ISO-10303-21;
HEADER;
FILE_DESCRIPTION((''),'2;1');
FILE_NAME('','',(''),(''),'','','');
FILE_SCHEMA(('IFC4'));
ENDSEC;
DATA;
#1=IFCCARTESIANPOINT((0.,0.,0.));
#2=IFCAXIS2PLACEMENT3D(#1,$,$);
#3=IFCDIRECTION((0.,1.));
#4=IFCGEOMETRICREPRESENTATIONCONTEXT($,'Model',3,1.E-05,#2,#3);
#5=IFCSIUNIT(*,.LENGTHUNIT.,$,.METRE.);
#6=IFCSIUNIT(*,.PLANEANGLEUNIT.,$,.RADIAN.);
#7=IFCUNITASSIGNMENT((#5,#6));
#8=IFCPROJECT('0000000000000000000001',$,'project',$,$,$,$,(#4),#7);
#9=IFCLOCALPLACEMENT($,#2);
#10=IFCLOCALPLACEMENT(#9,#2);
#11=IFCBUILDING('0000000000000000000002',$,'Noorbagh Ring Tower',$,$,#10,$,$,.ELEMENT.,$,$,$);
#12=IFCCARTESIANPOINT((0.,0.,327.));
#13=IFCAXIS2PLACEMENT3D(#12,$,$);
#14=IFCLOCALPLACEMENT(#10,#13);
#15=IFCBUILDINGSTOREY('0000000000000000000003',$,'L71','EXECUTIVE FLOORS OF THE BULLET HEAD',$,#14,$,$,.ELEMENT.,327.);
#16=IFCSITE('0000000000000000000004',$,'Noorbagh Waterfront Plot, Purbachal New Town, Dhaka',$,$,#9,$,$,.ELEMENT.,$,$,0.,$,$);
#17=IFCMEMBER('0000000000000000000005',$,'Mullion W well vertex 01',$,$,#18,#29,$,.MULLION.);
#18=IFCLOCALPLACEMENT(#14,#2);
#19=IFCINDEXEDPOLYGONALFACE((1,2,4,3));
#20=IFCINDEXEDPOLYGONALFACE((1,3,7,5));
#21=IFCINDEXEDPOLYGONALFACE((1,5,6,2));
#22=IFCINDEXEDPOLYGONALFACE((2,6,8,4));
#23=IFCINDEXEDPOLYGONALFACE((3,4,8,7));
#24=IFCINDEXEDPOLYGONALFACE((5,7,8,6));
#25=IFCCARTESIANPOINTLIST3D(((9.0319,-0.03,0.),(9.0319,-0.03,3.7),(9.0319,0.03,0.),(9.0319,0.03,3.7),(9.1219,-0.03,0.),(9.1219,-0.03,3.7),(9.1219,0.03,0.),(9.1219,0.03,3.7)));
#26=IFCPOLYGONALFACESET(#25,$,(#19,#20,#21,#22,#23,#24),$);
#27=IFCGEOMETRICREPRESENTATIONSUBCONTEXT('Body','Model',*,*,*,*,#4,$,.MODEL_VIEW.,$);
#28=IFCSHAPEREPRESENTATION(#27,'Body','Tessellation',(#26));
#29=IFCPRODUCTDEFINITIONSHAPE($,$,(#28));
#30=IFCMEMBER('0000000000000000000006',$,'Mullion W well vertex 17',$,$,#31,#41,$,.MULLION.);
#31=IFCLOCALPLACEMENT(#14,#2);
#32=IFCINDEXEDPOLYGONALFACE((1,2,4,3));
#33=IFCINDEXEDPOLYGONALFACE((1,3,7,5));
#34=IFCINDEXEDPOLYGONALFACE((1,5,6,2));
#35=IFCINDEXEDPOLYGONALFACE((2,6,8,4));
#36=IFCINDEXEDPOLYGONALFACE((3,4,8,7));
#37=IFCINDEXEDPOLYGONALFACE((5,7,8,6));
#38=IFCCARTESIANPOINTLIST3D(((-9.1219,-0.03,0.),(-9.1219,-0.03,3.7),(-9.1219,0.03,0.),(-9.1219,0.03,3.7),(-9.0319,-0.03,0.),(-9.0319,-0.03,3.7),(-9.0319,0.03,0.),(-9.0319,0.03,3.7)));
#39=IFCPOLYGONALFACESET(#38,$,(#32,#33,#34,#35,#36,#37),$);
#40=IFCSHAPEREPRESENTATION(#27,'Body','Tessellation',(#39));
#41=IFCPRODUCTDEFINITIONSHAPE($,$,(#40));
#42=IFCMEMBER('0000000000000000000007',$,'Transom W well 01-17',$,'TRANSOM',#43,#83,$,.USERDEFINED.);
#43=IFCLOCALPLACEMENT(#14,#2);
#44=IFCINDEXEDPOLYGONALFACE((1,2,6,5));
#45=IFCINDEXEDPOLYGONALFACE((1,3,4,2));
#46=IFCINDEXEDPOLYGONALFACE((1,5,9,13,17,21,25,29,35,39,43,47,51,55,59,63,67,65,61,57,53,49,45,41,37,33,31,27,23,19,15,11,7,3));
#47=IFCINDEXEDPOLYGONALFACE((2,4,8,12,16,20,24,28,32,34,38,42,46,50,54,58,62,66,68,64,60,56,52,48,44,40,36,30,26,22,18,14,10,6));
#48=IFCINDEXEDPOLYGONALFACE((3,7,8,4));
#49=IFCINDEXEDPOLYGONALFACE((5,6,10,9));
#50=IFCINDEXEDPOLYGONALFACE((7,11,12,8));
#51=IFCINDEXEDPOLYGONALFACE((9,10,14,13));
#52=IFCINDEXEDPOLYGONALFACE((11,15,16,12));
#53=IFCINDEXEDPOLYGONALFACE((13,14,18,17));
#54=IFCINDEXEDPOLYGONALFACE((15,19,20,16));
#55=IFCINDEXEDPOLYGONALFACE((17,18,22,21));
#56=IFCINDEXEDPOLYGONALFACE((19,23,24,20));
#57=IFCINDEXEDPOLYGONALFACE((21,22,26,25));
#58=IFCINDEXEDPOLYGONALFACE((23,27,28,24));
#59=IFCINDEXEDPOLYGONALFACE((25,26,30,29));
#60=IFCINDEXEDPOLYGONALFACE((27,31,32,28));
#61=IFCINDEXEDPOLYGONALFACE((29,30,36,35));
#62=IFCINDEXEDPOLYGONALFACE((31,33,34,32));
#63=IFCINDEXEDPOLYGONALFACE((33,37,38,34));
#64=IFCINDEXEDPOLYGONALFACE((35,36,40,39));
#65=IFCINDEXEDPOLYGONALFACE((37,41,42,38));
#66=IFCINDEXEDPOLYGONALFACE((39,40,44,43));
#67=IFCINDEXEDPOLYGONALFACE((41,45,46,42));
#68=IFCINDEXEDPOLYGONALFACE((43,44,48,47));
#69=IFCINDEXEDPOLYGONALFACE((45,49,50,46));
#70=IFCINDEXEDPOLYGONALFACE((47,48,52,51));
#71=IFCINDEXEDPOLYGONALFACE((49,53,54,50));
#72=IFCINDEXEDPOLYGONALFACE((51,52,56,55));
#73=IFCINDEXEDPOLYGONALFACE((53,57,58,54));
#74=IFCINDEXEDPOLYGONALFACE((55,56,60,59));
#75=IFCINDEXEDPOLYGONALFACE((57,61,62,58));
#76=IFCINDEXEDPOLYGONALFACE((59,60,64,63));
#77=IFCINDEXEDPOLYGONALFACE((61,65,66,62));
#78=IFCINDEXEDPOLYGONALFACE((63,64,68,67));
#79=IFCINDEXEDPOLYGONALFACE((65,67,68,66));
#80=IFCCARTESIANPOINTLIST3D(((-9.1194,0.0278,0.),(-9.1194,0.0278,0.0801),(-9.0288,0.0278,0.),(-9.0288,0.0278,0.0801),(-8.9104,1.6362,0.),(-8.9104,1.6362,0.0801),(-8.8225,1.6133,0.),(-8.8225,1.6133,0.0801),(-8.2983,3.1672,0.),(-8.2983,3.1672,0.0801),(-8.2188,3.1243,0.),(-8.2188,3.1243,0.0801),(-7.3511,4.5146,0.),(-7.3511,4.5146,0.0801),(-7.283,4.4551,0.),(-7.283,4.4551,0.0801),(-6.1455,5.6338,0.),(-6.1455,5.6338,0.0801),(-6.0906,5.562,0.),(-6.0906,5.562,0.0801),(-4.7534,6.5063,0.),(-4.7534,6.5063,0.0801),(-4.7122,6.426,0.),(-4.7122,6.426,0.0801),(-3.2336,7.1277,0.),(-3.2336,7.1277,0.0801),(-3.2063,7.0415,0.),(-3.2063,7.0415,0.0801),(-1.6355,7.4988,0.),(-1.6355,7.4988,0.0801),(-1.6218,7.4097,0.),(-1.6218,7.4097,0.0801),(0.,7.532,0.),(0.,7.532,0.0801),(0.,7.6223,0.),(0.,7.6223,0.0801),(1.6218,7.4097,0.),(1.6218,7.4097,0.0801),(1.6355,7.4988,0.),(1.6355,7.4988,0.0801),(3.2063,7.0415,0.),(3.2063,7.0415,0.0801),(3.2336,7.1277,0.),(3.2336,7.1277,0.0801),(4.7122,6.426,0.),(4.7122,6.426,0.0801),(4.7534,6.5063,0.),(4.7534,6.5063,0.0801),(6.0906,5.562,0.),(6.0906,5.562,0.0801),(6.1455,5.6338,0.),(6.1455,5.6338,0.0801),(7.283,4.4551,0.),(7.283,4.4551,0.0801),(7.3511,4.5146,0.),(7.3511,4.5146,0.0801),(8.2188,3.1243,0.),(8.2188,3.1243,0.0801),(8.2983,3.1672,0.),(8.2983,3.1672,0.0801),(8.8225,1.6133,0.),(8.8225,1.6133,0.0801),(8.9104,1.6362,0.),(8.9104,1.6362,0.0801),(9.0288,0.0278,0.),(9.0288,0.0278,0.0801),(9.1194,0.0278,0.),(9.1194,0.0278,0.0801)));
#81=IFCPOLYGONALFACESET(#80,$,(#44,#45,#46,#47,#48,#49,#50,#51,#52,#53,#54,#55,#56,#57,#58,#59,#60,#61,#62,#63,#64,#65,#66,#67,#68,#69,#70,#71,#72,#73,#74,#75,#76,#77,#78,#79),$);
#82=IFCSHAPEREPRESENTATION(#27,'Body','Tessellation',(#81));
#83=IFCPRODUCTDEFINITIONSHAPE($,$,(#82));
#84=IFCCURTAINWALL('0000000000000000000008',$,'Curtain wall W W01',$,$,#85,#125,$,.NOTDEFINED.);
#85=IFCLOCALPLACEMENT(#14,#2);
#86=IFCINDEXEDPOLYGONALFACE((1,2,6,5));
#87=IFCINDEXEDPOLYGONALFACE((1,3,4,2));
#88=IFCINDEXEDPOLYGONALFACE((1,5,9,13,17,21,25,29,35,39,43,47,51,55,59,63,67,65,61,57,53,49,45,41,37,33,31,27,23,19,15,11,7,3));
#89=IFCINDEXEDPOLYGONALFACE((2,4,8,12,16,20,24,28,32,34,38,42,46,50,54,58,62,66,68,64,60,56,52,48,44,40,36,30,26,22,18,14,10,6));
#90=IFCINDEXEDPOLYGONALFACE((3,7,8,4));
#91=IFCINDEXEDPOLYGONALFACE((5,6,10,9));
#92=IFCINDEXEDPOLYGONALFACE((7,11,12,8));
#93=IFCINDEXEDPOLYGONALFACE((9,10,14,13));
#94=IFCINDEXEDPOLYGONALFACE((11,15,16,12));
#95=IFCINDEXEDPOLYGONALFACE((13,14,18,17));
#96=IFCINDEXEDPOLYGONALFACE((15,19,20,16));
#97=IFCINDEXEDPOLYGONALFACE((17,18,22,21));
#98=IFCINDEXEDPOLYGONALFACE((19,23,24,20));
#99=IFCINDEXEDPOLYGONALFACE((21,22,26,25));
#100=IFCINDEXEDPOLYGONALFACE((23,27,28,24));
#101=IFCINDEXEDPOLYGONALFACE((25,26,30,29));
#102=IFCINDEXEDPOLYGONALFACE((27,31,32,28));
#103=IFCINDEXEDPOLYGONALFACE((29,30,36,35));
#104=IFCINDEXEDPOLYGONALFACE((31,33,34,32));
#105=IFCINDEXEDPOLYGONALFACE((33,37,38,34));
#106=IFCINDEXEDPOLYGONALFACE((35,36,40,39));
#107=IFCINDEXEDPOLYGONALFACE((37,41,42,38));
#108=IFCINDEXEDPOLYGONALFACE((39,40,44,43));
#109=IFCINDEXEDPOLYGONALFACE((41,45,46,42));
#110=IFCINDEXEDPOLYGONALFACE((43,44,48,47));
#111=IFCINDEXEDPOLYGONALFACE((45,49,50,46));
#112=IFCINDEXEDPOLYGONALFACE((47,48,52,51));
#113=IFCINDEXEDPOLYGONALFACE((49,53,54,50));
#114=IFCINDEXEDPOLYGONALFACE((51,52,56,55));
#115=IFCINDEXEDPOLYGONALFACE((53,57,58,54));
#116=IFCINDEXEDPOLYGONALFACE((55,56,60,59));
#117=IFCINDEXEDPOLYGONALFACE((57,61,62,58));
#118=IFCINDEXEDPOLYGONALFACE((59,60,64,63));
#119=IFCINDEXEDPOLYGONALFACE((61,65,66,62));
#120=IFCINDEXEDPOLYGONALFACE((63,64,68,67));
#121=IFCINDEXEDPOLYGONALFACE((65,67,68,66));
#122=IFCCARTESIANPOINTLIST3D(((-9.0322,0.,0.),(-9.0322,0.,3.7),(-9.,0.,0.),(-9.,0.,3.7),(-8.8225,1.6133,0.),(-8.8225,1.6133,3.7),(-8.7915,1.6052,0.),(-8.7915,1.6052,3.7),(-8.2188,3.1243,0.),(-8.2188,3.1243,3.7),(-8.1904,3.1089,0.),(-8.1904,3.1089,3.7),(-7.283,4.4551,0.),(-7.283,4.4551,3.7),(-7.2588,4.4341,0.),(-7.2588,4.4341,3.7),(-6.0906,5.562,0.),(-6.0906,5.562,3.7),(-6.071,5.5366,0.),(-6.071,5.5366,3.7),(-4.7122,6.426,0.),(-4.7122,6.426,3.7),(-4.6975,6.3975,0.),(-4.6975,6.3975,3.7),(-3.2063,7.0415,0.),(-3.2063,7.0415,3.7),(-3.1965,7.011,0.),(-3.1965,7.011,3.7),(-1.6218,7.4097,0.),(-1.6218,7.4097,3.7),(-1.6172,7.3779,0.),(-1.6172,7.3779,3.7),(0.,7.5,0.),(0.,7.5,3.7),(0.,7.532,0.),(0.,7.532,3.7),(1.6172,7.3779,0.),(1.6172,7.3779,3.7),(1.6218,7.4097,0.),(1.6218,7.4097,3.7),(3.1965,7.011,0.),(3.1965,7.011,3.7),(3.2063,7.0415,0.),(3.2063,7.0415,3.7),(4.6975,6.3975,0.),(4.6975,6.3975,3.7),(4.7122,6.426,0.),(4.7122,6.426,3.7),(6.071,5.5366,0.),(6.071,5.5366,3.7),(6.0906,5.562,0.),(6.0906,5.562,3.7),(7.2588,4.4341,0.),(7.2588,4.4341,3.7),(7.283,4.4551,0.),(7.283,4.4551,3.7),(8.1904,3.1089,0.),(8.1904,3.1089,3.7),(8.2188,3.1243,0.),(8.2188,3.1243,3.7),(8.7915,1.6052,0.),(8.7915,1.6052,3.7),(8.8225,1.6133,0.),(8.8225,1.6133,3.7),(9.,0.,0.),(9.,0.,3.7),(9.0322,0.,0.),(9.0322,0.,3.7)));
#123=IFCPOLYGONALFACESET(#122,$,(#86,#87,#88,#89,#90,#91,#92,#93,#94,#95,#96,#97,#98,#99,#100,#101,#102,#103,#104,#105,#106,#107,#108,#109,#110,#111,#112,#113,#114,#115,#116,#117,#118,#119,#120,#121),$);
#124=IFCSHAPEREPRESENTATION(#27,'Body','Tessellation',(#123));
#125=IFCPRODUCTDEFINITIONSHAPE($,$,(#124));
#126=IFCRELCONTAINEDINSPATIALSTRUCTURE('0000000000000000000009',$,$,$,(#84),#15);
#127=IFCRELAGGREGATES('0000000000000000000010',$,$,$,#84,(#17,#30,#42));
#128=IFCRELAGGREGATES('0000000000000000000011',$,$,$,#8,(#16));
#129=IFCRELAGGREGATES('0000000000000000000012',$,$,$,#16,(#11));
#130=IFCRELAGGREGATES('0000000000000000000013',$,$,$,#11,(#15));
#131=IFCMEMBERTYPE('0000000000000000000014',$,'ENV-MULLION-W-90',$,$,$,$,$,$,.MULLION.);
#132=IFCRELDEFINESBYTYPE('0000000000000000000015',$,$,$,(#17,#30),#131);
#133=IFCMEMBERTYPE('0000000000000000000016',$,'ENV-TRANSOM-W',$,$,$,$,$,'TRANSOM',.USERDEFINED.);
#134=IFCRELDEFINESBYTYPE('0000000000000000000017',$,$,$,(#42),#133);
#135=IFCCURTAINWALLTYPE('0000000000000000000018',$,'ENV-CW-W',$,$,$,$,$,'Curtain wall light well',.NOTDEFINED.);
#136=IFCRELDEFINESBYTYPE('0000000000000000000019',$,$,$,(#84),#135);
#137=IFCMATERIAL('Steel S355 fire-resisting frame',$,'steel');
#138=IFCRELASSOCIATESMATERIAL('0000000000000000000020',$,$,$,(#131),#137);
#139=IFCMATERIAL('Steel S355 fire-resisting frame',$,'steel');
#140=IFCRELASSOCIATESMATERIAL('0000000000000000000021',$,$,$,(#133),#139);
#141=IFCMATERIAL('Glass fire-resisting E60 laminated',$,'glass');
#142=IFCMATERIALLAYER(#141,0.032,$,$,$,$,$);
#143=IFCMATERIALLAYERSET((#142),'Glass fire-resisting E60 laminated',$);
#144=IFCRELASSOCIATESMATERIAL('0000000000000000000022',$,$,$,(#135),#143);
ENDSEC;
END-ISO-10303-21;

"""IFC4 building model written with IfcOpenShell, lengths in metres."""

from ifc_helpers import new_model, si_unit, direction, frame, origin, origin_2d, place, context, subcontext, project, spatial, polyline, rectangle, outline, extrude, material, layer, layer_set, material_profile, profile_set, type_object, element, aggregate, save


model = new_model("IFC4")

# Units and contexts
model_context = context("Model", 3, precision=1e-05, world=origin(), true_north=direction((0.0, 1.0)))
body_context = subcontext(model_context, "Body", "Model", "MODEL_VIEW")
ifc_project = project(units=[si_unit("LENGTHUNIT", "METRE"), si_unit("PLANEANGLEUNIT", "RADIAN")], contexts=[model_context])

# Members
site_placement = place(None, origin())
building_placement = place(site_placement, origin())
storey_placement = place(building_placement, frame((0.0, 0.0, 327.0)))
ifc_material_1 = material(Name="Steel S355 fire-resisting frame", Category="steel")
ifc_material_profile_1 = material_profile(ifc_material_1, rectangle(XDim=0.0901, YDim=0.0601, at=origin_2d()), Name="90x60")
ifc_profile_set_1 = profile_set([ifc_material_profile_1], Name="Steel S355 fire-resisting frame")
member_type_1 = type_object("IfcMemberType", Name="ENV-MULLION-W-90", PredefinedType="MULLION", material=ifc_profile_set_1)
member_1_placement = place(storey_placement, frame((9.0769, 0.0, 0.0), z_axis=(0.0, 0.0, 1.0), x_axis=(1.0, 0.0, 0.0)))
member_1 = element("IfcMember", 1, at=member_1_placement, type_object=member_type_1, Name="Mullion W well vertex 01", PredefinedType="MULLION", context=body_context, shape_type="SweptSolid", body=[
    extrude(rectangle(XDim=0.0901, YDim=0.0601, at=origin_2d()), origin(), (0.0, 0.0, 1.0), 3.7),
])
member_2_placement = place(storey_placement, frame((-9.0769, 0.0, 0.0), z_axis=(0.0, 0.0, 1.0), x_axis=(-1.0, 0.0, 0.0)))
member_2 = element("IfcMember", 2, at=member_2_placement, type_object=member_type_1, Name="Mullion W well vertex 17", PredefinedType="MULLION", context=body_context, shape_type="SweptSolid", body=[
    extrude(rectangle(XDim=0.0901, YDim=0.0601, at=origin_2d()), origin(), (0.0, 0.0, 1.0), 3.7),
])
ifc_material_2 = material(Name="Steel S355 fire-resisting frame", Category="steel")
member_type_2 = type_object("IfcMemberType", Name="ENV-TRANSOM-W", ElementType="TRANSOM", PredefinedType="USERDEFINED", material=ifc_material_2)
member_3_placement = place(storey_placement, origin())
member_3 = element("IfcMember", 3, at=member_3_placement, type_object=member_type_2, Name="Transom W well 01-17", ObjectType="TRANSOM", PredefinedType="USERDEFINED", context=body_context, shape_type="SweptSolid", body=[
    extrude(outline(polyline([(9.1194, 0.0278), (8.9104, 1.6362), (8.2983, 3.1672), (7.3511, 4.5146), (6.1455, 5.6338), (4.7534, 6.5063), (3.2336, 7.1277), (1.6355, 7.4988), (0.0, 7.6223), (-1.6355, 7.4988), (-3.2336, 7.1277), (-4.7534, 6.5063), (-6.1455, 5.6338), (-7.3511, 4.5146), (-8.2983, 3.1672), (-8.9104, 1.6362), (-9.1194, 0.0278), (-9.0288, 0.0278), (-8.8225, 1.6133), (-8.2188, 3.1243), (-7.283, 4.4551), (-6.0906, 5.562), (-4.7122, 6.426), (-3.2063, 7.0415), (-1.6218, 7.4097), (0.0, 7.532), (1.6218, 7.4097), (3.2063, 7.0415), (4.7122, 6.426), (6.0906, 5.562), (7.283, 4.4551), (8.2188, 3.1243), (8.8225, 1.6133), (9.0288, 0.0278), (9.1194, 0.0278)])), origin(), (0.0, 0.0, 1.0), 0.0801),
])

# Site, building, storey
site = spatial("IfcSite", under=ifc_project, at=site_placement, Name="Noorbagh Waterfront Plot, Purbachal New Town, Dhaka", CompositionType="ELEMENT", RefElevation=0.0)
building = spatial("IfcBuilding", under=site, at=building_placement, Name="Noorbagh Ring Tower", CompositionType="ELEMENT")
storey = spatial("IfcBuildingStorey", under=building, at=storey_placement, Name="L71", Description="EXECUTIVE FLOORS OF THE BULLET HEAD", CompositionType="ELEMENT", Elevation=327.0)

# Curtain wall
ifc_material_3 = material(Name="Glass fire-resisting E60 laminated", Category="glass")
ifc_layer_1 = layer(ifc_material_3, 0.032)
ifc_layer_set_1 = layer_set([ifc_layer_1], Name="Glass fire-resisting E60 laminated")
curtain_wall_type_1 = type_object("IfcCurtainWallType", Name="ENV-CW-W", ElementType="Curtain wall light well", PredefinedType="NOTDEFINED", material=ifc_layer_set_1)
curtain_wall_1_placement = place(storey_placement, origin())
curtain_wall_1 = element("IfcCurtainWall", 4, at=curtain_wall_1_placement, inside=storey, type_object=curtain_wall_type_1, Name="Curtain wall W W01", PredefinedType="NOTDEFINED", context=body_context, shape_type="SweptSolid", body=[
    extrude(outline(polyline([(9.0322, 0.0), (8.8225, 1.6133), (8.2188, 3.1243), (7.283, 4.4551), (6.0906, 5.562), (4.7122, 6.426), (3.2063, 7.0415), (1.6218, 7.4097), (0.0, 7.532), (-1.6218, 7.4097), (-3.2063, 7.0415), (-4.7122, 6.426), (-6.0906, 5.562), (-7.283, 4.4551), (-8.2188, 3.1243), (-8.8225, 1.6133), (-9.0322, 0.0), (-9.0, 0.0), (-8.7915, 1.6052), (-8.1904, 3.1089), (-7.2588, 4.4341), (-6.071, 5.5366), (-4.6975, 6.3975), (-3.1965, 7.011), (-1.6172, 7.3779), (0.0, 7.5), (1.6172, 7.3779), (3.1965, 7.011), (4.6975, 6.3975), (6.071, 5.5366), (7.2588, 4.4341), (8.1904, 3.1089), (8.7915, 1.6052), (9.0, 0.0), (9.0322, 0.0)])), origin(), (0.0, 0.0, 1.0), 3.7),
])
aggregate(curtain_wall_1, [member_1, member_2, member_3])

save(model, "model.ifc")
